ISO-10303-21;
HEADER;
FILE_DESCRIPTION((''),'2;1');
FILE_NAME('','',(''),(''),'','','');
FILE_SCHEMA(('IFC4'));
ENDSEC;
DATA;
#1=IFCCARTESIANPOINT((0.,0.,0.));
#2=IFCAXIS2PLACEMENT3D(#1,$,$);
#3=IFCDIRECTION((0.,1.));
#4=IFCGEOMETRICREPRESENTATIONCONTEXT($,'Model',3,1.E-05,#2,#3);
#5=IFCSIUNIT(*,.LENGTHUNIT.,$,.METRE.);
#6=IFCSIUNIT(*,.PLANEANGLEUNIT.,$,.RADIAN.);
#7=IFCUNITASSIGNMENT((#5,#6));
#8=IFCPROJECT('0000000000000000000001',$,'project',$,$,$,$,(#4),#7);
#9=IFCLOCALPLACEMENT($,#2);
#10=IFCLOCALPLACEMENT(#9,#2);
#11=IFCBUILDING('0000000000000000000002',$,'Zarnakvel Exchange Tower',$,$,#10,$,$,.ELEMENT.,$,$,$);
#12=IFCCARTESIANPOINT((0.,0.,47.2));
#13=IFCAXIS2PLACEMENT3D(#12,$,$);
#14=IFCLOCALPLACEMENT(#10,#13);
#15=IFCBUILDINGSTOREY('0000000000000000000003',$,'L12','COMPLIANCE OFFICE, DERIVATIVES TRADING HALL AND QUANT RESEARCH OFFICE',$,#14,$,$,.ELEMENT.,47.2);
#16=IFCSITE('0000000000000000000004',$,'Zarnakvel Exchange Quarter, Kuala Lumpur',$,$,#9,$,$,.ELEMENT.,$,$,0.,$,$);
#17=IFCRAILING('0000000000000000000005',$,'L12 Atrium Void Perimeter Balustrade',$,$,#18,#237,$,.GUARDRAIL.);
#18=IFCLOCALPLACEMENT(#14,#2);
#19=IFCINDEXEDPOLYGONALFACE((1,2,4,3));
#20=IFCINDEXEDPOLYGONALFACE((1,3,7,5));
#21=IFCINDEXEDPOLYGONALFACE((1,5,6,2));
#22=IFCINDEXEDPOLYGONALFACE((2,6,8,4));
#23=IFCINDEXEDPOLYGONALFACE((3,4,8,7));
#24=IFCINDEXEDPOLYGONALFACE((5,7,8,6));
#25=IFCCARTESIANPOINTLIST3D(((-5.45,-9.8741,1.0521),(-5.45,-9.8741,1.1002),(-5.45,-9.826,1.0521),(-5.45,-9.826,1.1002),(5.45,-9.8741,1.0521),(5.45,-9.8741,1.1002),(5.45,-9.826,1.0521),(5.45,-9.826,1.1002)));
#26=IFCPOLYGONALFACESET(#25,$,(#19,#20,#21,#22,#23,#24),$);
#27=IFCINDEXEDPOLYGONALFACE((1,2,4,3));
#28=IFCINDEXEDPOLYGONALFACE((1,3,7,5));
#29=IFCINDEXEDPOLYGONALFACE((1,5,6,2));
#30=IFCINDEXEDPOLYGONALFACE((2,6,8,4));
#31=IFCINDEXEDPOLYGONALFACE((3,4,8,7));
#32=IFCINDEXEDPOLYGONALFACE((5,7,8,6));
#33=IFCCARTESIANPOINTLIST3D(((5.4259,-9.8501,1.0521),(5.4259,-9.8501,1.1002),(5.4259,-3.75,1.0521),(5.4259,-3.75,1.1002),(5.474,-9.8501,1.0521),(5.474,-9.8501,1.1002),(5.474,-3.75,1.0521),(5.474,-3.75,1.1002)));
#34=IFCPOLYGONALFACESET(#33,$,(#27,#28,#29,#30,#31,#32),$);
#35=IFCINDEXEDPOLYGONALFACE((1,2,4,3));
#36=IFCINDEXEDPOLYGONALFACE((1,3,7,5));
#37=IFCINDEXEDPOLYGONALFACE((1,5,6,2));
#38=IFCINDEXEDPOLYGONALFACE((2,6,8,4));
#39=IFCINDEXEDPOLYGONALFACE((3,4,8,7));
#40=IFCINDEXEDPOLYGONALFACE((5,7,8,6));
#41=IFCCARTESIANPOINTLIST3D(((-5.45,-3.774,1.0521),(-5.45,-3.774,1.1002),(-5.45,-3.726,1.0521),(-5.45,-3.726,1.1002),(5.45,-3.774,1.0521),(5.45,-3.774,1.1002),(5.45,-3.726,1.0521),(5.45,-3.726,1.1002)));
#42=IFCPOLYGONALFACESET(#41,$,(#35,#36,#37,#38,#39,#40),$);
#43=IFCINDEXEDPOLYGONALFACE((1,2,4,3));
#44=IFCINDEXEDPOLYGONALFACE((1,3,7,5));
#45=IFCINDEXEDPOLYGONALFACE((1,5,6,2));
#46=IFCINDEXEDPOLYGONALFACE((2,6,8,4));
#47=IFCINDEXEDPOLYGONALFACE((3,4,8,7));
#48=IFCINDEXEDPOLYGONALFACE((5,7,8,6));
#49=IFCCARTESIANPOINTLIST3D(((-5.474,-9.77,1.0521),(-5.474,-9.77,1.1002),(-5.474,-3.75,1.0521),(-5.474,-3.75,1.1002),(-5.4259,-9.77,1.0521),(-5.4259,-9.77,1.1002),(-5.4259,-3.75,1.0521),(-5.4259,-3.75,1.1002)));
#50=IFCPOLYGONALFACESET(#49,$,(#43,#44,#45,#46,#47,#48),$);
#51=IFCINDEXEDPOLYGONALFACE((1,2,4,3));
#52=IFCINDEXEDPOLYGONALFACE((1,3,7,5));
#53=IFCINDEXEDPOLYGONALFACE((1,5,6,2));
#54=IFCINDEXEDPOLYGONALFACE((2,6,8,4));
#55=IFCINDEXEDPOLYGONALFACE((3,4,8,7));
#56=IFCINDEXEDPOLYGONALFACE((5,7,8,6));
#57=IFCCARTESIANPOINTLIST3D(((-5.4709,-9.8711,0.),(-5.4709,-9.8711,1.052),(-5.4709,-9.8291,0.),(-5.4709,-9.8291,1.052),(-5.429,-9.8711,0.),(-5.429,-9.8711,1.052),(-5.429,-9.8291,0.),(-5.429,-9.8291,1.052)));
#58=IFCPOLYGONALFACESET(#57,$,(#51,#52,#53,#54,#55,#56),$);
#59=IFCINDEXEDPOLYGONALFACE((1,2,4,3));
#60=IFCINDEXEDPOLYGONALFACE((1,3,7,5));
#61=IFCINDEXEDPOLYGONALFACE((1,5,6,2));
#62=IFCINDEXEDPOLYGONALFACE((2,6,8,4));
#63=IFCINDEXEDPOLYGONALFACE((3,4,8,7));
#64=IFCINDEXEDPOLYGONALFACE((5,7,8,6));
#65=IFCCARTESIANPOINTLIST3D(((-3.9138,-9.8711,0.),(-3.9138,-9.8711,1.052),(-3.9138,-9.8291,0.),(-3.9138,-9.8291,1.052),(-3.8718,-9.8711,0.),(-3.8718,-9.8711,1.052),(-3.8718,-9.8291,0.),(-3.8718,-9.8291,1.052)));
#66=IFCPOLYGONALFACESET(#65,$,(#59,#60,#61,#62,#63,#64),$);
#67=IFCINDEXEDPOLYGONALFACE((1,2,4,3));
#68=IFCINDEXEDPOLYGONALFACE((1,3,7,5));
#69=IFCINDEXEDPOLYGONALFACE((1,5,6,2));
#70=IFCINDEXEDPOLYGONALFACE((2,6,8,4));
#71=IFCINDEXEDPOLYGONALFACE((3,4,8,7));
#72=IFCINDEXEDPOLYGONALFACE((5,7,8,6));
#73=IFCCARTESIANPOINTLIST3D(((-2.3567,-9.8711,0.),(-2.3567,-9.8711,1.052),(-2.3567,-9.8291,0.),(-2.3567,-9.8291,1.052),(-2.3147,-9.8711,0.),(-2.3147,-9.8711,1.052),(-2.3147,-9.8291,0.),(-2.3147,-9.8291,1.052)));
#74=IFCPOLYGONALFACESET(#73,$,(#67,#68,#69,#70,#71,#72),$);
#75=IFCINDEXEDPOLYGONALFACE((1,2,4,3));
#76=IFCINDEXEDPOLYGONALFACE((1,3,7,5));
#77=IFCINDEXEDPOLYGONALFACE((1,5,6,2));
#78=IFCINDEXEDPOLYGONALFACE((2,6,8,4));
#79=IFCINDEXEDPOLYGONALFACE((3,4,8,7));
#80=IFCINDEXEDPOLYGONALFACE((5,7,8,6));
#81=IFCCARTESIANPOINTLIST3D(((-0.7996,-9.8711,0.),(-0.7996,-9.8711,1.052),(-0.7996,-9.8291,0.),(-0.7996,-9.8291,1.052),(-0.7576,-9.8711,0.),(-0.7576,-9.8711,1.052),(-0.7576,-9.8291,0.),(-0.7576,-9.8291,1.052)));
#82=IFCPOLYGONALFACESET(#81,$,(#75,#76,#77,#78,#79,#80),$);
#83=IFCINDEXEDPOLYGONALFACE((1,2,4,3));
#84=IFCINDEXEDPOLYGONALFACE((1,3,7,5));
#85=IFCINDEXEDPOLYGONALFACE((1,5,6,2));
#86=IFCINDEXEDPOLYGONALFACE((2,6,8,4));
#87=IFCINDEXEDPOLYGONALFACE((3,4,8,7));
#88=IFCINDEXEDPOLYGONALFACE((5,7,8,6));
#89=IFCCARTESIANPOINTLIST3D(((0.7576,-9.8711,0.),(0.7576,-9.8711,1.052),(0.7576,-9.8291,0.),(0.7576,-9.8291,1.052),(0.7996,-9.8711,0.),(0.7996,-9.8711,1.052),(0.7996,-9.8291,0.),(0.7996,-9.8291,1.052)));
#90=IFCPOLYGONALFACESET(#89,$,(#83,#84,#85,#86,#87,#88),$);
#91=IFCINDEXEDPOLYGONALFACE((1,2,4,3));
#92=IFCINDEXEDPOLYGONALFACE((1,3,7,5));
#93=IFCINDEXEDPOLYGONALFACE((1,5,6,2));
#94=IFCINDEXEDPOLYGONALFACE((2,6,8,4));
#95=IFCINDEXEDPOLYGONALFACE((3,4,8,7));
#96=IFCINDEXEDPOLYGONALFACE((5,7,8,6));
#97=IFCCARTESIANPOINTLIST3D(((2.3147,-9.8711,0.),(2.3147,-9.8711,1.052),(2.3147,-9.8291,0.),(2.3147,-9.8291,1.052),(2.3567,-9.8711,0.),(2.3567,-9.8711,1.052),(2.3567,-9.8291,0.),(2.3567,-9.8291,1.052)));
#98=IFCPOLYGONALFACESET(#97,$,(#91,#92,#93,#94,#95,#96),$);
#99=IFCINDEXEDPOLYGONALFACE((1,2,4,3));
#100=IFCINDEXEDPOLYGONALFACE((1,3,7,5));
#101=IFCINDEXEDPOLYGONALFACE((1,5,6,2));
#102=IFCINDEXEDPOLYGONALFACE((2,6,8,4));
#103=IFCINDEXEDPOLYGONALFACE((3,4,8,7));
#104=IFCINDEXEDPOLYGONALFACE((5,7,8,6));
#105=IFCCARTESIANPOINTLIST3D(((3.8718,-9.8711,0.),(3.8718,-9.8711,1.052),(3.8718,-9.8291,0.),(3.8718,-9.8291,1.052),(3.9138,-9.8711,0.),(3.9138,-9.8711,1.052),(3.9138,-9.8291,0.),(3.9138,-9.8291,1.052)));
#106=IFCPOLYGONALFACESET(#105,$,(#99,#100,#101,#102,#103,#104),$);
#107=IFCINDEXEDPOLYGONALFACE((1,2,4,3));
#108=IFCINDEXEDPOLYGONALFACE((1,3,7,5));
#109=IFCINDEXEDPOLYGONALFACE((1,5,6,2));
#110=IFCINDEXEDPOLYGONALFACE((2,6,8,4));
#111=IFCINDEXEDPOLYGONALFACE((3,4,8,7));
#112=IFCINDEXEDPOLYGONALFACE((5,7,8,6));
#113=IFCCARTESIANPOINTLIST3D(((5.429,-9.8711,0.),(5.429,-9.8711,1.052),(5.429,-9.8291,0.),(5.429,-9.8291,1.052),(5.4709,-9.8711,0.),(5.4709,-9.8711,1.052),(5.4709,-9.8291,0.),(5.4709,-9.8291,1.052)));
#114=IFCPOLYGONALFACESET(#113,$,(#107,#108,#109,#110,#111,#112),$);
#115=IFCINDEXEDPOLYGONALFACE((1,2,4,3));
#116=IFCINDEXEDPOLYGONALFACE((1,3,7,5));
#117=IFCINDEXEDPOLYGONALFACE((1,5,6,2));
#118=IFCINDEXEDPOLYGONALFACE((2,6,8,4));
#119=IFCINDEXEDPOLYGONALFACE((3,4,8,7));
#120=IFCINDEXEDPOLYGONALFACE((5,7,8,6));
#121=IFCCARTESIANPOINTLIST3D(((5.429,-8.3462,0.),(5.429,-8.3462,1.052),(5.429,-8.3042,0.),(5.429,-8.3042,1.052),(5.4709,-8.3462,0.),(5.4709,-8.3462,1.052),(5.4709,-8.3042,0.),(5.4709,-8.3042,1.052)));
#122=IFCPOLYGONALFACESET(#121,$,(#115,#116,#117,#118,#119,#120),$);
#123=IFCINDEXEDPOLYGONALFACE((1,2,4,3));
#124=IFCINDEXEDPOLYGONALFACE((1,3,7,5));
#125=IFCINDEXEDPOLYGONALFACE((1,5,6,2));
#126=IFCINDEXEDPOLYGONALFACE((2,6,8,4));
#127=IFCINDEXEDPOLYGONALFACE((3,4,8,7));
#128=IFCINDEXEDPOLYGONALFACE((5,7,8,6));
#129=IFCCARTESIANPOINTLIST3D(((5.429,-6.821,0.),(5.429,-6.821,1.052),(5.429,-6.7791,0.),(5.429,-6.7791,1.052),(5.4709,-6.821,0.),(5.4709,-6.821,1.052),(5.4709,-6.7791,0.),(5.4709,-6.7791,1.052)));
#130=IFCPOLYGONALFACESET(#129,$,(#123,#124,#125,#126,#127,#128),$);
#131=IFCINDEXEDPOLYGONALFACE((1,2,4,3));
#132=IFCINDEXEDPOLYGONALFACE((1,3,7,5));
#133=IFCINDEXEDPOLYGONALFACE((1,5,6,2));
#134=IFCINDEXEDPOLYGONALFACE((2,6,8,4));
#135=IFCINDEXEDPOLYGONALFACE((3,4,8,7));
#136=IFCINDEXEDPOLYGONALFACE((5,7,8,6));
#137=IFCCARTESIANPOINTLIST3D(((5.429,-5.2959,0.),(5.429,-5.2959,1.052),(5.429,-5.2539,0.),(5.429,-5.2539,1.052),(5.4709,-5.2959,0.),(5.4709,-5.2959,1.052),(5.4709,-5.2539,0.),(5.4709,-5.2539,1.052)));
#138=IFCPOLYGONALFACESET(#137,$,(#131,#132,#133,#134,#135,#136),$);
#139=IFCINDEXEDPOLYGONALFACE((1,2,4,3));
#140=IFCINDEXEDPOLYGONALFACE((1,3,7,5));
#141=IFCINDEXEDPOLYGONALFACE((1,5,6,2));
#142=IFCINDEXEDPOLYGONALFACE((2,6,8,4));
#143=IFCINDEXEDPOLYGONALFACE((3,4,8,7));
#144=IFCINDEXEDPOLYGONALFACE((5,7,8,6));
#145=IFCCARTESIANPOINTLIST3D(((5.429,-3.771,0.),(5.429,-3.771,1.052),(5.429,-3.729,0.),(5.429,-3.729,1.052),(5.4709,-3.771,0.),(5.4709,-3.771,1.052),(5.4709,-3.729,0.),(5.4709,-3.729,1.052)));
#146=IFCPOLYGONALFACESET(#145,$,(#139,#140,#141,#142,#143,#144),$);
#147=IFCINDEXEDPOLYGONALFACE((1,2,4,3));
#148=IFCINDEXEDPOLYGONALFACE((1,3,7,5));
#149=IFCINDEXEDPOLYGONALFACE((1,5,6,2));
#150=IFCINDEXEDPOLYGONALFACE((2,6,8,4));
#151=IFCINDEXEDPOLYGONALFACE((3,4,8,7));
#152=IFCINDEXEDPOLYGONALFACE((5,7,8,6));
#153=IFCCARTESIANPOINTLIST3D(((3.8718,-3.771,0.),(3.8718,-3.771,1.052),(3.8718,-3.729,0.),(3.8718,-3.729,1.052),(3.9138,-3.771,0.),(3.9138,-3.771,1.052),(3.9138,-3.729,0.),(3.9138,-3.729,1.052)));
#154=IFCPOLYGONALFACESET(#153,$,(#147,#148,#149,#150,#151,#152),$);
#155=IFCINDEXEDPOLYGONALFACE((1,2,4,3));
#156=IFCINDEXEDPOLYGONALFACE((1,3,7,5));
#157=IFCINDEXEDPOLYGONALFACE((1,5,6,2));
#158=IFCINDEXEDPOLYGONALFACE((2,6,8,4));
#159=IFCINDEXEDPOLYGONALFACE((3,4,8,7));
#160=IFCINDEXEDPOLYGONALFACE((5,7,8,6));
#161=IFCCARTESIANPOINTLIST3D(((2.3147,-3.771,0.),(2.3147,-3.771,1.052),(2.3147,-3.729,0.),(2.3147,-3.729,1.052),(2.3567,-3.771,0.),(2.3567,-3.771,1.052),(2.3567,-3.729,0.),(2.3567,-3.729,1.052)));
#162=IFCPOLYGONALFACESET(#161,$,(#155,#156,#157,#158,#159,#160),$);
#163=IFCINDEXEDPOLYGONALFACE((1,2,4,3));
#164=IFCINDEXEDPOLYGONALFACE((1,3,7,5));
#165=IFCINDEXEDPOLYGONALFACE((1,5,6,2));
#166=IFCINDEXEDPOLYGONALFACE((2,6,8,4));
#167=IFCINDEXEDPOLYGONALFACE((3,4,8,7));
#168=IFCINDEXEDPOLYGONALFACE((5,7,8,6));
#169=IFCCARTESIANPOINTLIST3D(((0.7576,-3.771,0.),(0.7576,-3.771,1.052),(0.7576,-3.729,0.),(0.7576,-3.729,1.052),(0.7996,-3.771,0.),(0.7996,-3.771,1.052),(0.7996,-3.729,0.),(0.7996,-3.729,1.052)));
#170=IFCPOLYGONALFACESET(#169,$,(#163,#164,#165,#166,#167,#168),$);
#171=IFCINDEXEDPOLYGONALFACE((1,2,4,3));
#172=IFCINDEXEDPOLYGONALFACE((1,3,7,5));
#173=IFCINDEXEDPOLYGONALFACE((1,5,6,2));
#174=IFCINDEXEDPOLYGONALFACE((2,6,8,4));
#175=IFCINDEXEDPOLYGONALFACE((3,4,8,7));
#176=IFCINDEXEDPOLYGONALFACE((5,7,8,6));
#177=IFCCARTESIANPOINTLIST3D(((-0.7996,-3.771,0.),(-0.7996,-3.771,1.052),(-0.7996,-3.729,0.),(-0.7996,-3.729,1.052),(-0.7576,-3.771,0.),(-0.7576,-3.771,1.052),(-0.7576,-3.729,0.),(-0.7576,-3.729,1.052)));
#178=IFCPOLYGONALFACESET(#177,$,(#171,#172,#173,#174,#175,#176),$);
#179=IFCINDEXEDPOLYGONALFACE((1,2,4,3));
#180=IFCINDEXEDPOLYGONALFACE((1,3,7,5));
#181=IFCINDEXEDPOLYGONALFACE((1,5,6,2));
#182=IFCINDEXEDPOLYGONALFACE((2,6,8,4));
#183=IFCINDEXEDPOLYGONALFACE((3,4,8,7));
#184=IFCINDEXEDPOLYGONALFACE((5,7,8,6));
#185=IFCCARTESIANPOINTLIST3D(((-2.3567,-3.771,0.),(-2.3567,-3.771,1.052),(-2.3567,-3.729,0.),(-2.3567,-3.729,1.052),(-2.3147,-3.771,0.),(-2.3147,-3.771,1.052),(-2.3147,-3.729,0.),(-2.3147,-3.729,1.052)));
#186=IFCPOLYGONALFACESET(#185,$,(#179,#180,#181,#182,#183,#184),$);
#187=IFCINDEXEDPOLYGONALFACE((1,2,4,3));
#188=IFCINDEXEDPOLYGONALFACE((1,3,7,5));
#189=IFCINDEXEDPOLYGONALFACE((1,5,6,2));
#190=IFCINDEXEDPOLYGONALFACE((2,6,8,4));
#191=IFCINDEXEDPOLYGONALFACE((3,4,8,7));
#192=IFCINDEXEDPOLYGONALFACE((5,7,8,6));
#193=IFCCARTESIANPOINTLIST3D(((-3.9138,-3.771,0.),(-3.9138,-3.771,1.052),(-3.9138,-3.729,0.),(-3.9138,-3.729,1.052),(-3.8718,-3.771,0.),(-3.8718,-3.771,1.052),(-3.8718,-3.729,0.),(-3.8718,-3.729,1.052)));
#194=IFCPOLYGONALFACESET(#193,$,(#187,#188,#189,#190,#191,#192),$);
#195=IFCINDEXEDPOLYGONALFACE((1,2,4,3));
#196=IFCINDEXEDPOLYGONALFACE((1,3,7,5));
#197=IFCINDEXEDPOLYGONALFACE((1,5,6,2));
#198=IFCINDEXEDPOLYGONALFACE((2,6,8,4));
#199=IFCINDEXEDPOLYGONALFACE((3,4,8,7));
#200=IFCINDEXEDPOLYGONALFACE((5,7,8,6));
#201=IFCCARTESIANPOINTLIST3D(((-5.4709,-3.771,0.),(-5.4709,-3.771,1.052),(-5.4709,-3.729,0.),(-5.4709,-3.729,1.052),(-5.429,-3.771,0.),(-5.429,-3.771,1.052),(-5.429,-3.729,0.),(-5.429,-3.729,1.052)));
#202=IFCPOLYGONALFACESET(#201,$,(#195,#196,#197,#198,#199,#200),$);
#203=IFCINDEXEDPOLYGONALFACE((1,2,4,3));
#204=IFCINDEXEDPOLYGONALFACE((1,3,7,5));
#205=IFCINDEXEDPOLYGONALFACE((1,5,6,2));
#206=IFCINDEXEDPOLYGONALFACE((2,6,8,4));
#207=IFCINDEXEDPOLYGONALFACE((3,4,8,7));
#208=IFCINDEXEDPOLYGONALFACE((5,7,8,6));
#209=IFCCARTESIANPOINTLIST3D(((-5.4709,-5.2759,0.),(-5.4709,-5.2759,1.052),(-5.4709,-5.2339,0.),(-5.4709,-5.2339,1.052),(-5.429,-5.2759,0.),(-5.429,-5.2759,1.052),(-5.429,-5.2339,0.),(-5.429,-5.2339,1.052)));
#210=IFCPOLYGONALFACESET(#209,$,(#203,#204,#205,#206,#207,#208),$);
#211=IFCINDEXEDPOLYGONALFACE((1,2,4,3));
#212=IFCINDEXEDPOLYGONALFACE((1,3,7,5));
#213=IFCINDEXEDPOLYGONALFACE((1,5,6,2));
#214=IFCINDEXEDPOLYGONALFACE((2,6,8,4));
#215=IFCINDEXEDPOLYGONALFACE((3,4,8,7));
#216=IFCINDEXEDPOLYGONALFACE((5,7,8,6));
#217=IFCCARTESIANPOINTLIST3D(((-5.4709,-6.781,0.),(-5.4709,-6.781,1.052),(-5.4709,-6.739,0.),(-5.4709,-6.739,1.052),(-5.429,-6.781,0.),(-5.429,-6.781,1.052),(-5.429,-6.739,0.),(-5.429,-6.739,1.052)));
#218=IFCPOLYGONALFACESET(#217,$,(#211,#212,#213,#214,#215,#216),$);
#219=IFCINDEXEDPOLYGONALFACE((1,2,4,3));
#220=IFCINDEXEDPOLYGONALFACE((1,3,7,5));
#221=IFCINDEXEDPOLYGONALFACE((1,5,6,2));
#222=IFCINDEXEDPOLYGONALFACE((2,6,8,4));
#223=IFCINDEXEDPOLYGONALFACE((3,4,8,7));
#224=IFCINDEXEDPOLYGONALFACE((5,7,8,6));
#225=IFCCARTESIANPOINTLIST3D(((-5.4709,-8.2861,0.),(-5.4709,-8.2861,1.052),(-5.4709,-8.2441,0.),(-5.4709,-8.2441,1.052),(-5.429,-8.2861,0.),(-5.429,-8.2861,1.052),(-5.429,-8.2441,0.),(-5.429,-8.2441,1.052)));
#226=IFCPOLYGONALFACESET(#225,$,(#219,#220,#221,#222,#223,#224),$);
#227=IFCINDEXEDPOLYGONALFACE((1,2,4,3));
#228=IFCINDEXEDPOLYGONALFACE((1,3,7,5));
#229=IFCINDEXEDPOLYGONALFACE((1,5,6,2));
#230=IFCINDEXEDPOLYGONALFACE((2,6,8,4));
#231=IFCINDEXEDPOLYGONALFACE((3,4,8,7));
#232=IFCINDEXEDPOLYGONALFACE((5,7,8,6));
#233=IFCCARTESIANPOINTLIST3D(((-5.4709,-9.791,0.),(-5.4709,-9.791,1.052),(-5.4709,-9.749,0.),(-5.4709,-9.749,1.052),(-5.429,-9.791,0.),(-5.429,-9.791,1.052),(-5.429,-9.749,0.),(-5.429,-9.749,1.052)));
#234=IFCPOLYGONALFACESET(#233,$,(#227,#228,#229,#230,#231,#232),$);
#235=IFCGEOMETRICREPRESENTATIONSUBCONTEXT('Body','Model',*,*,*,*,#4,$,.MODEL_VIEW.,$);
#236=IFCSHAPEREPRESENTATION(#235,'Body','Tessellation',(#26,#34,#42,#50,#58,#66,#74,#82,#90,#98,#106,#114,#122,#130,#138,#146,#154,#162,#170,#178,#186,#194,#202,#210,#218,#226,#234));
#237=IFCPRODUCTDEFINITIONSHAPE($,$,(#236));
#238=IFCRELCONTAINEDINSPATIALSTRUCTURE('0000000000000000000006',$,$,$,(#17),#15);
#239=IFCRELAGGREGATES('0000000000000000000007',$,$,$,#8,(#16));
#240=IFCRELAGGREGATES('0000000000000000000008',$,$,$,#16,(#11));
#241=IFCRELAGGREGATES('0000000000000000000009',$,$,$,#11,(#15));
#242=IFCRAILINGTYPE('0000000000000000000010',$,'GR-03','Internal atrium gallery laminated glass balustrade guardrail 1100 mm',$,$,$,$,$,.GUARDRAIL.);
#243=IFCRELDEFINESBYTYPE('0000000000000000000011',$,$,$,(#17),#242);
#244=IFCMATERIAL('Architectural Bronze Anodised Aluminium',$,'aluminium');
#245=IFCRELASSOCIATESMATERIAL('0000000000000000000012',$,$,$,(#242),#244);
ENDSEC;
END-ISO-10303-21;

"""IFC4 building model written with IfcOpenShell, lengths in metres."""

from ifc_helpers import new_model, si_unit, direction, frame, origin, origin_2d, place, context, subcontext, project, spatial, rectangle, extrude, material, type_object, element, save


model = new_model("IFC4")

# Units and contexts
model_context = context("Model", 3, precision=1e-05, world=origin(), true_north=direction((0.0, 1.0)))
body_context = subcontext(model_context, "Body", "Model", "MODEL_VIEW")
ifc_project = project(units=[si_unit("LENGTHUNIT", "METRE"), si_unit("PLANEANGLEUNIT", "RADIAN")], contexts=[model_context])

# Site, building, storey
site_placement = place(None, origin())
site = spatial("IfcSite", under=ifc_project, at=site_placement, Name="Zarnakvel Exchange Quarter, Kuala Lumpur", CompositionType="ELEMENT", RefElevation=0.0)
building_placement = place(site_placement, origin())
building = spatial("IfcBuilding", under=site, at=building_placement, Name="Zarnakvel Exchange Tower", CompositionType="ELEMENT")
storey_placement = place(building_placement, frame((0.0, 0.0, 47.2)))
storey = spatial("IfcBuildingStorey", under=building, at=storey_placement, Name="L12", Description="COMPLIANCE OFFICE, DERIVATIVES TRADING HALL AND QUANT RESEARCH OFFICE", CompositionType="ELEMENT", Elevation=47.2)

# Shared definitions
ifc_material_1 = material(Name="Architectural Bronze Anodised Aluminium", Category="aluminium")

# Railing
railing_type_1 = type_object("IfcRailingType", Name="GR-03", Description="Internal atrium gallery laminated glass balustrade guardrail 1100 mm", PredefinedType="GUARDRAIL", material=ifc_material_1)
railing_1_placement = place(storey_placement, frame((-5.45, -9.8501, 0.0)))
element("IfcRailing", 1, at=railing_1_placement, inside=storey, type_object=railing_type_1, Name="L12 Atrium Void Perimeter Balustrade", PredefinedType="GUARDRAIL", context=body_context, shape_type="SweptSolid", body=[
    extrude(rectangle(XDim=0.0481, YDim=0.0481, at=origin_2d()), frame((0.0, 0.0, 1.0762), z_axis=(1.0, 0.0, 0.0), x_axis=(0.0, 1.0, 0.0)), (0.0, 0.0, 1.0), 10.8999),
    extrude(rectangle(XDim=0.0481, YDim=0.0481, at=origin_2d()), frame((10.8999, 0.0, 1.0762), z_axis=(0.0, 1.0, 0.0), x_axis=(-1.0, 0.0, 0.0)), (0.0, 0.0, 1.0), 6.1001),
    extrude(rectangle(XDim=0.0481, YDim=0.0481, at=origin_2d()), frame((10.8999, 6.1001, 1.0762), z_axis=(-1.0, 0.0, 0.0), x_axis=(0.0, -1.0, 0.0)), (0.0, 0.0, 1.0), 10.8999),
    extrude(rectangle(XDim=0.0481, YDim=0.0481, at=origin_2d()), frame((0.0, 6.1001, 1.0762), z_axis=(0.0, -1.0, 0.0), x_axis=(1.0, 0.0, 0.0)), (0.0, 0.0, 1.0), 6.02),
    extrude(rectangle(XDim=0.042, YDim=0.042, at=origin_2d()), origin(), (0.0, 0.0, 1.0), 1.052),
    extrude(rectangle(XDim=0.042, YDim=0.042, at=origin_2d()), frame((1.5571, 0.0, 0.0)), (0.0, 0.0, 1.0), 1.052),
    extrude(rectangle(XDim=0.042, YDim=0.042, at=origin_2d()), frame((3.1143, 0.0, 0.0)), (0.0, 0.0, 1.0), 1.052),
    extrude(rectangle(XDim=0.042, YDim=0.042, at=origin_2d()), frame((4.6714, 0.0, 0.0)), (0.0, 0.0, 1.0), 1.052),
    extrude(rectangle(XDim=0.042, YDim=0.042, at=origin_2d()), frame((6.2285, 0.0, 0.0)), (0.0, 0.0, 1.0), 1.052),
    extrude(rectangle(XDim=0.042, YDim=0.042, at=origin_2d()), frame((7.7856, 0.0, 0.0)), (0.0, 0.0, 1.0), 1.052),
    extrude(rectangle(XDim=0.042, YDim=0.042, at=origin_2d()), frame((9.3428, 0.0, 0.0)), (0.0, 0.0, 1.0), 1.052),
    extrude(rectangle(XDim=0.042, YDim=0.042, at=origin_2d()), frame((10.8999, 0.0, 0.0)), (0.0, 0.0, 1.0), 1.052),
    extrude(rectangle(XDim=0.042, YDim=0.042, at=origin_2d()), frame((10.8999, 1.5249, 0.0)), (0.0, 0.0, 1.0), 1.052),
    extrude(rectangle(XDim=0.042, YDim=0.042, at=origin_2d()), frame((10.8999, 3.05, 0.0)), (0.0, 0.0, 1.0), 1.052),
    extrude(rectangle(XDim=0.042, YDim=0.042, at=origin_2d()), frame((10.8999, 4.5752, 0.0)), (0.0, 0.0, 1.0), 1.052),
    extrude(rectangle(XDim=0.042, YDim=0.042, at=origin_2d()), frame((10.8999, 6.1001, 0.0)), (0.0, 0.0, 1.0), 1.052),
    extrude(rectangle(XDim=0.042, YDim=0.042, at=origin_2d()), frame((9.3428, 6.1001, 0.0)), (0.0, 0.0, 1.0), 1.052),
    extrude(rectangle(XDim=0.042, YDim=0.042, at=origin_2d()), frame((7.7856, 6.1001, 0.0)), (0.0, 0.0, 1.0), 1.052),
    extrude(rectangle(XDim=0.042, YDim=0.042, at=origin_2d()), frame((6.2285, 6.1001, 0.0)), (0.0, 0.0, 1.0), 1.052),
    extrude(rectangle(XDim=0.042, YDim=0.042, at=origin_2d()), frame((4.6714, 6.1001, 0.0)), (0.0, 0.0, 1.0), 1.052),
    extrude(rectangle(XDim=0.042, YDim=0.042, at=origin_2d()), frame((3.1143, 6.1001, 0.0)), (0.0, 0.0, 1.0), 1.052),
    extrude(rectangle(XDim=0.042, YDim=0.042, at=origin_2d()), frame((1.5571, 6.1001, 0.0)), (0.0, 0.0, 1.0), 1.052),
    extrude(rectangle(XDim=0.042, YDim=0.042, at=origin_2d()), frame((0.0, 6.1001, 0.0)), (0.0, 0.0, 1.0), 1.052),
    extrude(rectangle(XDim=0.042, YDim=0.042, at=origin_2d()), frame((0.0, 4.5952, 0.0)), (0.0, 0.0, 1.0), 1.052),
    extrude(rectangle(XDim=0.042, YDim=0.042, at=origin_2d()), frame((0.0, 3.0901, 0.0)), (0.0, 0.0, 1.0), 1.052),
    extrude(rectangle(XDim=0.042, YDim=0.042, at=origin_2d()), frame((0.0, 1.585, 0.0)), (0.0, 0.0, 1.0), 1.052),
    extrude(rectangle(XDim=0.042, YDim=0.042, at=origin_2d()), frame((0.0, 0.0801, 0.0)), (0.0, 0.0, 1.0), 1.052),
])

save(model, "model.ifc")
